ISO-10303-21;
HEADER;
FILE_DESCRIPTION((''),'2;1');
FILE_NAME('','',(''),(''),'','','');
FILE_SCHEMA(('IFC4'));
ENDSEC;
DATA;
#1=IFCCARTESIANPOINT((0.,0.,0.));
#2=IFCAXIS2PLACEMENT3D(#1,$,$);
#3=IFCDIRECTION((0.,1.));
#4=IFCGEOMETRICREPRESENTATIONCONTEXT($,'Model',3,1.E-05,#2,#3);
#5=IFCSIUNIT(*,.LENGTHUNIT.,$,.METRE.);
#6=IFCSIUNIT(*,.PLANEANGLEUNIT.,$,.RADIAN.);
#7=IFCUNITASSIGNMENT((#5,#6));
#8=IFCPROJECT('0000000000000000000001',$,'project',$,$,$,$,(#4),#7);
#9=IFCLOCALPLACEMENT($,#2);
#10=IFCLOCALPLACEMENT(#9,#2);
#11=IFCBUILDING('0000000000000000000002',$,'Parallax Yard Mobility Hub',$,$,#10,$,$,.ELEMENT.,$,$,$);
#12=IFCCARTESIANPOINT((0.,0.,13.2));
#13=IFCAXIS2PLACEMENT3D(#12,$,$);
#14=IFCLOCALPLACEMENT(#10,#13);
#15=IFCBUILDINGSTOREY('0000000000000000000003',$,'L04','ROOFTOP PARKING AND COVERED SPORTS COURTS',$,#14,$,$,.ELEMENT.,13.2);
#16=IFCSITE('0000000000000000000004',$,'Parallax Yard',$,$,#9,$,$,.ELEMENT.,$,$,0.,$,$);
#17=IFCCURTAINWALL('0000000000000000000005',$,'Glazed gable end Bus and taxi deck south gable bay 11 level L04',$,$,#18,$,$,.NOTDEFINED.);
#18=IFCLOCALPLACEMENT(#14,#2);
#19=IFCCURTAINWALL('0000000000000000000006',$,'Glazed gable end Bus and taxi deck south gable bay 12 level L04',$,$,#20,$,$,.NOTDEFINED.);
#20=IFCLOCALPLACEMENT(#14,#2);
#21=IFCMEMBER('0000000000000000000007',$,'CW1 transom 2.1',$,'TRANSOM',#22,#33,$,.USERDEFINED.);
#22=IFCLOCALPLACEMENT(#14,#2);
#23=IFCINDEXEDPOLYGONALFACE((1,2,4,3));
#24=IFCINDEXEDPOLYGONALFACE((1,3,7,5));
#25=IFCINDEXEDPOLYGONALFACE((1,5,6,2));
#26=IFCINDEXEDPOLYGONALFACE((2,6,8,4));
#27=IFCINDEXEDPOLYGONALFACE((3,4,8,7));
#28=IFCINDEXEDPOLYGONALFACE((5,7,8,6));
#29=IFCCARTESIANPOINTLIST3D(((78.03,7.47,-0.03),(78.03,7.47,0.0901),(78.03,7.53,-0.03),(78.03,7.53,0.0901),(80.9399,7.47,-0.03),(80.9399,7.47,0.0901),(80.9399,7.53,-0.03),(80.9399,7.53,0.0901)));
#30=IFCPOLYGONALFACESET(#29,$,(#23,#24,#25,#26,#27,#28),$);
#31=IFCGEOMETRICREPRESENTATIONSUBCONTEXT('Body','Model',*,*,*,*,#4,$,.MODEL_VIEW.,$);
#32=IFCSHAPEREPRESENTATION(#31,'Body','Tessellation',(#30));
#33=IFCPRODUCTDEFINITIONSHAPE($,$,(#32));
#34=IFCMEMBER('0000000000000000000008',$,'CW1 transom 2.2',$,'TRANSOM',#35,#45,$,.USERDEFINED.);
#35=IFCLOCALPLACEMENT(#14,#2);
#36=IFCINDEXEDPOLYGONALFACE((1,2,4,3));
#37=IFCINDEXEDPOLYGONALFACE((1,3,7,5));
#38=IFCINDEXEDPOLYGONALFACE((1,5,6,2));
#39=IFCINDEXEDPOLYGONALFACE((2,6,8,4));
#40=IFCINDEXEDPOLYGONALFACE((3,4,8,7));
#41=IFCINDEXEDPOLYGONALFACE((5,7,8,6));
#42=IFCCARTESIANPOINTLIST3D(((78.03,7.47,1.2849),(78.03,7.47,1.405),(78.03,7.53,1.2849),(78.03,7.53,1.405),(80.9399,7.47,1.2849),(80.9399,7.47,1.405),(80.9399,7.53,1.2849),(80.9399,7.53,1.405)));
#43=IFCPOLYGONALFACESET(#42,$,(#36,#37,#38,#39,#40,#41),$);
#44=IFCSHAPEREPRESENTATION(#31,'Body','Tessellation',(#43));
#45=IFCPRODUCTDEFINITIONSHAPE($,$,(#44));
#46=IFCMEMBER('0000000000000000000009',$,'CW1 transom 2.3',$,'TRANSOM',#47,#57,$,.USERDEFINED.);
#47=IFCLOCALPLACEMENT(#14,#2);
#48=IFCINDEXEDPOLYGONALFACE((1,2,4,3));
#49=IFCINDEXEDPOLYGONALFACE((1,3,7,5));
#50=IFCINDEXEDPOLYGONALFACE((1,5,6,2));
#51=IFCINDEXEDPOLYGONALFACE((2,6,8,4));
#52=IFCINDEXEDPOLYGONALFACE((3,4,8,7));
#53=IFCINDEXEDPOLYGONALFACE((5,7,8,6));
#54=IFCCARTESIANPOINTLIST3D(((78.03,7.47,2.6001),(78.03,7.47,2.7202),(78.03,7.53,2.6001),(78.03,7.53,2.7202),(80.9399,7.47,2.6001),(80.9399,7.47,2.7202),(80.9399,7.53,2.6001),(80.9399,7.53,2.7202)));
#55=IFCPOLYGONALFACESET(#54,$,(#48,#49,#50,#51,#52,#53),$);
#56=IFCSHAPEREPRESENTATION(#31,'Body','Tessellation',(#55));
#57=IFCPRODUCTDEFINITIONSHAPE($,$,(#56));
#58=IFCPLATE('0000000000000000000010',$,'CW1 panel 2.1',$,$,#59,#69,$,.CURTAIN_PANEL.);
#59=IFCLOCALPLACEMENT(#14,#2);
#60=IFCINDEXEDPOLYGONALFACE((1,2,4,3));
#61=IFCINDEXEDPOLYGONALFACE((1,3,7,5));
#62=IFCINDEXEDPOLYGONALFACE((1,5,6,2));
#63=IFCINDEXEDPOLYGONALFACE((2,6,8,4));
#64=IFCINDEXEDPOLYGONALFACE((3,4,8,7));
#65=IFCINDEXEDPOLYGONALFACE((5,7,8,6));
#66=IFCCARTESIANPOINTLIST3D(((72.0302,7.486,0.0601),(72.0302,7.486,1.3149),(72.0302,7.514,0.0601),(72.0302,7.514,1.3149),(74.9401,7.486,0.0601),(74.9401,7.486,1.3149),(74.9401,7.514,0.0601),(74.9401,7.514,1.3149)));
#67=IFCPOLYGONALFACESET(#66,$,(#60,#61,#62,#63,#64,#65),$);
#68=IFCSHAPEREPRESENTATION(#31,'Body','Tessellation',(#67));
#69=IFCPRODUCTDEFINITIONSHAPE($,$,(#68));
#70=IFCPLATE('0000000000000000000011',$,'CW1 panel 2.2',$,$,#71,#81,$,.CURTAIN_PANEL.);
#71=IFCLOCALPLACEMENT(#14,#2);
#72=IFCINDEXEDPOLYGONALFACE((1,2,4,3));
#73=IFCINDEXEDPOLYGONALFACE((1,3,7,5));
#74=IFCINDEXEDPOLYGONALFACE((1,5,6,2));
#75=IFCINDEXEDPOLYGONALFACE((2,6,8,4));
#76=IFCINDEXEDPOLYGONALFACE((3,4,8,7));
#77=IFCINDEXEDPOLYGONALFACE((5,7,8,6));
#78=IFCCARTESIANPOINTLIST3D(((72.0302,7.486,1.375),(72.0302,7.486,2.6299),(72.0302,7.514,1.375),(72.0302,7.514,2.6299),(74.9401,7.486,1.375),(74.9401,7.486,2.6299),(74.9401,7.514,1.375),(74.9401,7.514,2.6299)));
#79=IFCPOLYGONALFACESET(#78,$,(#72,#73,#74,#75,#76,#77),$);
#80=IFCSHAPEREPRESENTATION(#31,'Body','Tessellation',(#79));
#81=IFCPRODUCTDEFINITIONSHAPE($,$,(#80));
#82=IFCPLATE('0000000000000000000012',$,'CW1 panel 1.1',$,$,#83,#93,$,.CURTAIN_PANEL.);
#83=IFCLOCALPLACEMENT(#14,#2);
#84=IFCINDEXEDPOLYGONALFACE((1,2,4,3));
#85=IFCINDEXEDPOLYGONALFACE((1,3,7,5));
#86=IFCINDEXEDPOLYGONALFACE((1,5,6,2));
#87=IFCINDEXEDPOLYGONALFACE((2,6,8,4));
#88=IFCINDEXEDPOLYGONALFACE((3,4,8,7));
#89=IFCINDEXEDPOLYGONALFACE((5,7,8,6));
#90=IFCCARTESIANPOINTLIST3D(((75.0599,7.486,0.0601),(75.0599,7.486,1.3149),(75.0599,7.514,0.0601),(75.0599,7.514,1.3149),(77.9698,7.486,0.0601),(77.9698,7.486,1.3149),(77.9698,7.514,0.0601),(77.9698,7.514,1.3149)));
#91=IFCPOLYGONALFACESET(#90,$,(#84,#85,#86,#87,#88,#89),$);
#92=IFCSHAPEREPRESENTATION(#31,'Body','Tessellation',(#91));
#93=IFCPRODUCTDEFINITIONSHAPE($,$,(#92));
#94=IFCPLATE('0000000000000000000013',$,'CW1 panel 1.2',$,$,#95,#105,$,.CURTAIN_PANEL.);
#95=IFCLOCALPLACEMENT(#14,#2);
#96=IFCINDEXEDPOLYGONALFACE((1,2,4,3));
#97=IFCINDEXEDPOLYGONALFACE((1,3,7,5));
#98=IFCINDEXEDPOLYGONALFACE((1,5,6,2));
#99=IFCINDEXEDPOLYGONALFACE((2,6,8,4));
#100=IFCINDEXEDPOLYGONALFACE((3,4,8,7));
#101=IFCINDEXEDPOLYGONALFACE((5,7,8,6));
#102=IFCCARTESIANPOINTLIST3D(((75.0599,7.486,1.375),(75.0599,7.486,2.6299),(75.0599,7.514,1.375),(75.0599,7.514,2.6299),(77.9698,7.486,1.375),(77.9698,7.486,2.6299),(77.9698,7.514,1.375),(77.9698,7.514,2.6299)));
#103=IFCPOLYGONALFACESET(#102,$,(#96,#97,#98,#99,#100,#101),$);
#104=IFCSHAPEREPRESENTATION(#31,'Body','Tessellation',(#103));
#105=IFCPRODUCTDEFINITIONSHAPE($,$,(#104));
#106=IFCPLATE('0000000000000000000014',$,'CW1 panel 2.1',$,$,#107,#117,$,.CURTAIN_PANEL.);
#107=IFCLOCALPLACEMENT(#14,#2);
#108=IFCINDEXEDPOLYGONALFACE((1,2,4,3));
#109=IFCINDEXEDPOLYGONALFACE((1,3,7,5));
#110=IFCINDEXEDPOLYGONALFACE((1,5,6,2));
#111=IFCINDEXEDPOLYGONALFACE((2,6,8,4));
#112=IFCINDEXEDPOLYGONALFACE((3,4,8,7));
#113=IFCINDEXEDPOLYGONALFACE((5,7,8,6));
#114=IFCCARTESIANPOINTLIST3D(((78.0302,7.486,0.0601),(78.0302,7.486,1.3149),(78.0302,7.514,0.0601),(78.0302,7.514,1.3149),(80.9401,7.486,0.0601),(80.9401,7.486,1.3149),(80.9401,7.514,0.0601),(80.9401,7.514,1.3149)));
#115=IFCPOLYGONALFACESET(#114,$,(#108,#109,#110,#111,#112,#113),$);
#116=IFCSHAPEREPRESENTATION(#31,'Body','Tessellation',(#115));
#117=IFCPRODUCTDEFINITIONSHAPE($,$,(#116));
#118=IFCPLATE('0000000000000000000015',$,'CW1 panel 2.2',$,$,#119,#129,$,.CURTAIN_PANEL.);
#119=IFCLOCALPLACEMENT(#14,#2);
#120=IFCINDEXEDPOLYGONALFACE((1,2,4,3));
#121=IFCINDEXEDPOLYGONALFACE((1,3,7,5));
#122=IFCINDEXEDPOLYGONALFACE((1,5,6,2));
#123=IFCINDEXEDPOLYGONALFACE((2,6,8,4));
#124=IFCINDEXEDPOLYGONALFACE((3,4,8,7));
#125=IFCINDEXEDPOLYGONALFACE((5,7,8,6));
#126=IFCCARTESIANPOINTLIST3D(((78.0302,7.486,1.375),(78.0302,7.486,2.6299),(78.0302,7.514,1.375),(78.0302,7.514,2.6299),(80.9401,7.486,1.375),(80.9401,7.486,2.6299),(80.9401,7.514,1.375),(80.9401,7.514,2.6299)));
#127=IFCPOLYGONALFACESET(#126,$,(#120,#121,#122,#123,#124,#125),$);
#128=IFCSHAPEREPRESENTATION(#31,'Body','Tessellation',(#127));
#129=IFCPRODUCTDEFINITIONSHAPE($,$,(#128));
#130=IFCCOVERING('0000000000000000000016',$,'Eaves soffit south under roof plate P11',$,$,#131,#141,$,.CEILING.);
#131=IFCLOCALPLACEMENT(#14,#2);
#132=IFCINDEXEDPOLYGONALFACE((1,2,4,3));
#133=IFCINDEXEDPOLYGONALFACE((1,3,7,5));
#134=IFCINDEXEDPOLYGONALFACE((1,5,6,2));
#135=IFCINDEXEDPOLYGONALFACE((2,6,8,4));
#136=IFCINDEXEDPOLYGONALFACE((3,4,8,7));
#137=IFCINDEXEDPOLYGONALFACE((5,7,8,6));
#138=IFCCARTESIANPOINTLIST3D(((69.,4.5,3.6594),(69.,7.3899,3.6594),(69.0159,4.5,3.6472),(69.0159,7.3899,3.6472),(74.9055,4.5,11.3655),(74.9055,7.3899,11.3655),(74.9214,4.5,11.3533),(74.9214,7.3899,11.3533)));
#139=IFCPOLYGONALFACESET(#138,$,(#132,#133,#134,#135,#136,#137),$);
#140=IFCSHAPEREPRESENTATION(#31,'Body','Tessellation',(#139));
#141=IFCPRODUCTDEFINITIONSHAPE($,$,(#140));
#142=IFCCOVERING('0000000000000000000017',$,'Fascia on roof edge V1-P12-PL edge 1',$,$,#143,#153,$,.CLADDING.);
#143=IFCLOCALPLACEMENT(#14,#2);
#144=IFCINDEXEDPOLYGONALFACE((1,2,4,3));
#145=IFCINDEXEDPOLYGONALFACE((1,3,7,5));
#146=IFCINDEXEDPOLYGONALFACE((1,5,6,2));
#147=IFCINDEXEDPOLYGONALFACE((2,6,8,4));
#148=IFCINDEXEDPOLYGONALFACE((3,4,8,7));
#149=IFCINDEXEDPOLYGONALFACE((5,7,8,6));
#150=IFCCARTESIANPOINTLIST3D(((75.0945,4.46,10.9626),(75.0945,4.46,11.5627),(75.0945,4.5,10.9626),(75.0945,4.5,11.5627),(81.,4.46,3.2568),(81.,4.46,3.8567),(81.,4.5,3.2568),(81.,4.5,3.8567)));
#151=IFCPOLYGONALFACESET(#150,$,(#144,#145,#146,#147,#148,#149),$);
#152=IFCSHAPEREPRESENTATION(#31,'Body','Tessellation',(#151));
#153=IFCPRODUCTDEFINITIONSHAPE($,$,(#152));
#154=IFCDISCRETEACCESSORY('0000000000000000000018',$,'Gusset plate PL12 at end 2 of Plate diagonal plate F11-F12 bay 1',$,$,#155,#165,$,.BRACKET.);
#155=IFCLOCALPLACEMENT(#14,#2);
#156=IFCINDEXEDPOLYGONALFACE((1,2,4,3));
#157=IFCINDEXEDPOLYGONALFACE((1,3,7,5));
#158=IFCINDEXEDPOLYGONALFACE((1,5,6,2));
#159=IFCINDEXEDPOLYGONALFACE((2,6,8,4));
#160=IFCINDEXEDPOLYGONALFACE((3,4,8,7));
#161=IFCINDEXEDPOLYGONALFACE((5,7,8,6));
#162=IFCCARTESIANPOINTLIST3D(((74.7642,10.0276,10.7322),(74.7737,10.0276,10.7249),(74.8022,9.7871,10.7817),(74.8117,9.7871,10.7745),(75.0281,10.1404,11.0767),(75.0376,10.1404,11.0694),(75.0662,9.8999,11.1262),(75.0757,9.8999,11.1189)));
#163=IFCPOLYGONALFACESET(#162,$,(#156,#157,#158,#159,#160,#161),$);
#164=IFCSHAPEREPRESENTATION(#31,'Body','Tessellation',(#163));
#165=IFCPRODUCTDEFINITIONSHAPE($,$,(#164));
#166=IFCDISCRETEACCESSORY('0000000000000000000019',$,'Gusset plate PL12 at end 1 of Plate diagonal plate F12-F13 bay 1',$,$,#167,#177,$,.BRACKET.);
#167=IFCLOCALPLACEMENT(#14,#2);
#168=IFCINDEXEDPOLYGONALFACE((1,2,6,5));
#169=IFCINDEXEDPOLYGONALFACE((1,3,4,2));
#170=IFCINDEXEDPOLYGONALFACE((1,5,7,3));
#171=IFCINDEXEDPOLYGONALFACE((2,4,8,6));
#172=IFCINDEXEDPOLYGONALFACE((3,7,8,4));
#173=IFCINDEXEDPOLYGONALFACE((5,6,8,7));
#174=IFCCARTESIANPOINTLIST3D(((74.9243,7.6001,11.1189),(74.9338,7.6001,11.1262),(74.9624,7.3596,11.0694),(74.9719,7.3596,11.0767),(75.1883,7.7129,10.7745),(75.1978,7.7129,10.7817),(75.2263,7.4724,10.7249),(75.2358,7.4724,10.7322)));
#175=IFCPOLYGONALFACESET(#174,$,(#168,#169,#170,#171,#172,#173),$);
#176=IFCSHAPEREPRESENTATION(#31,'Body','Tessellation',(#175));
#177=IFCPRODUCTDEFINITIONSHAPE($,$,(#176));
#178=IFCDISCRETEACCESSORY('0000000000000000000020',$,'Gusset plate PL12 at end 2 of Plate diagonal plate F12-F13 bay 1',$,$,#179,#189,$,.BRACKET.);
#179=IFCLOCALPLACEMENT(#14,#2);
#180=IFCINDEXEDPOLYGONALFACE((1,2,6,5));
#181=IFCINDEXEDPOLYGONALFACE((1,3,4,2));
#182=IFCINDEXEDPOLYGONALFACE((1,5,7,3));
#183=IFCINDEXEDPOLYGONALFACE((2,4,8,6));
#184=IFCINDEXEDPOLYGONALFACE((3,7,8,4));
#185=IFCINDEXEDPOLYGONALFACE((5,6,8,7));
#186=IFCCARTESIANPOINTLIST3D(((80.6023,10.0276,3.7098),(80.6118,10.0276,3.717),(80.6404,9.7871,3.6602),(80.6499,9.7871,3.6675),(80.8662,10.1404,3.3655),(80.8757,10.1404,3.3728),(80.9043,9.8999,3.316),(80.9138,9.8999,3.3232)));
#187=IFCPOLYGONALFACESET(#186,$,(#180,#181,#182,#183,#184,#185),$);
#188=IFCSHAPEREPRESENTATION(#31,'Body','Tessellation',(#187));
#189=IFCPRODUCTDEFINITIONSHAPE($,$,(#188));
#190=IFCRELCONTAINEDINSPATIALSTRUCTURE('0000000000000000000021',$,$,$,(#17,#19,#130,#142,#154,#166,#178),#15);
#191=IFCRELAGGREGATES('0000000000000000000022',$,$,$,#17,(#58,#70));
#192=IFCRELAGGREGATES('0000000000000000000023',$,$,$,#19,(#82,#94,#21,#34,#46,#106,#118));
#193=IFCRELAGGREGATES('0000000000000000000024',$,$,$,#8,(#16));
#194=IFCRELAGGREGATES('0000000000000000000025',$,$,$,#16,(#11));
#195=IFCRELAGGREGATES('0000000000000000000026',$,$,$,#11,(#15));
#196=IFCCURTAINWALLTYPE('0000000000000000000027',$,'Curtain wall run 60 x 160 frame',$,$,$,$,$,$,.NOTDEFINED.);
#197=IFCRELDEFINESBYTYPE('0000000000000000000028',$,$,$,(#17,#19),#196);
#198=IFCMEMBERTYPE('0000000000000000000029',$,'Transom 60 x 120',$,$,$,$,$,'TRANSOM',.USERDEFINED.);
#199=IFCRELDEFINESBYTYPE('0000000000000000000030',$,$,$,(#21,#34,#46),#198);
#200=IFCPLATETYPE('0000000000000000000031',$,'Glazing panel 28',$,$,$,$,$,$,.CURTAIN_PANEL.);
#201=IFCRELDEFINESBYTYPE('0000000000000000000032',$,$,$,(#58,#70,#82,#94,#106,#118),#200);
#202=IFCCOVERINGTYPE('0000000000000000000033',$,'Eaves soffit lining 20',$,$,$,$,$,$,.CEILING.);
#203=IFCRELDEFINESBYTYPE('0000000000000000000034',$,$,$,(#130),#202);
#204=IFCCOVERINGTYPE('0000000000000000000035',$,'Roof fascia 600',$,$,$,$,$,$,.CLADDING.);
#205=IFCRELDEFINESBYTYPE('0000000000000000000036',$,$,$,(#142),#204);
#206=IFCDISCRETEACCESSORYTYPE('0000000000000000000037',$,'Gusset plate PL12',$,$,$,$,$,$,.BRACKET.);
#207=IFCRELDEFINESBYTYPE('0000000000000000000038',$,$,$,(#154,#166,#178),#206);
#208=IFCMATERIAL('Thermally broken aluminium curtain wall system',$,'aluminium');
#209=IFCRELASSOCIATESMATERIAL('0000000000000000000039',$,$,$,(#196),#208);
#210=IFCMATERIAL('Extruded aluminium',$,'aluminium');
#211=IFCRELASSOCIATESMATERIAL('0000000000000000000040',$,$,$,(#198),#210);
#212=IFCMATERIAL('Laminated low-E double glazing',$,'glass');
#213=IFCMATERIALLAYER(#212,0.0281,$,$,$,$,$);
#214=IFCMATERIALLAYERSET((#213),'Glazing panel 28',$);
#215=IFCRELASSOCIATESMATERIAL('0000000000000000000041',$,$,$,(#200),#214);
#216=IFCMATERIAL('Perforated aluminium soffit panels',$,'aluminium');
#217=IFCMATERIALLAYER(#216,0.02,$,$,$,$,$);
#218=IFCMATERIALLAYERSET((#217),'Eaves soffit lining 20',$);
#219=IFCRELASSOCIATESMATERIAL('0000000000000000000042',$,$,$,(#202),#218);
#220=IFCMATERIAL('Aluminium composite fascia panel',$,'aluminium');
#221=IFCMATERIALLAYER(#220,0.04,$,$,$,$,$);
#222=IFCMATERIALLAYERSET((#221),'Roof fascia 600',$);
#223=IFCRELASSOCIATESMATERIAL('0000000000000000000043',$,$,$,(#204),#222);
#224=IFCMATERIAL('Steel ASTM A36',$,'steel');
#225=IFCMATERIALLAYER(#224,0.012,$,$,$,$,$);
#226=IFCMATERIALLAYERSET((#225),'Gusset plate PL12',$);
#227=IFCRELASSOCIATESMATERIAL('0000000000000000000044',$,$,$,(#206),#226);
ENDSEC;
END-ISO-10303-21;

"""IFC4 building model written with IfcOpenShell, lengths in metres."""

from ifc_helpers import new_model, si_unit, direction, frame, origin, origin_2d, place, context, subcontext, project, spatial, polyline, rectangle, outline, extrude, material, layer, layer_set, material_profile, profile_set, type_object, element, aggregate, save


model = new_model("IFC4")

# Units and contexts
model_context = context("Model", 3, precision=1e-05, world=origin(), true_north=direction((0.0, 1.0)))
body_context = subcontext(model_context, "Body", "Model", "MODEL_VIEW")
ifc_project = project(units=[si_unit("LENGTHUNIT", "METRE"), si_unit("PLANEANGLEUNIT", "RADIAN")], contexts=[model_context])

# Site, building, storey
site_placement = place(None, origin())
site = spatial("IfcSite", under=ifc_project, at=site_placement, Name="Parallax Yard", CompositionType="ELEMENT", RefElevation=0.0)
building_placement = place(site_placement, origin())
building = spatial("IfcBuilding", under=site, at=building_placement, Name="Parallax Yard Mobility Hub", CompositionType="ELEMENT")
storey_placement = place(building_placement, frame((0.0, 0.0, 13.2)))
storey = spatial("IfcBuildingStorey", under=building, at=storey_placement, Name="L04", Description="ROOFTOP PARKING AND COVERED SPORTS COURTS", CompositionType="ELEMENT", Elevation=13.2)

# Curtain wall
ifc_material_1 = material(Name="Thermally broken aluminium curtain wall system", Category="aluminium")
curtain_wall_type = type_object("IfcCurtainWallType", Name="Curtain wall run 60 x 160 frame", PredefinedType="NOTDEFINED", material=ifc_material_1)
curtain_wall_1_placement = place(storey_placement, origin())
curtain_wall_1 = element("IfcCurtainWall", 1, at=curtain_wall_1_placement, inside=storey, type_object=curtain_wall_type, Name="Glazed gable end Bus and taxi deck south gable bay 11 level L04", PredefinedType="NOTDEFINED")
ifc_material_2 = material(Name="Extruded aluminium", Category="aluminium")

# Curtain wall
curtain_wall_2_placement = place(storey_placement, origin())
curtain_wall_2 = element("IfcCurtainWall", 2, at=curtain_wall_2_placement, inside=storey, type_object=curtain_wall_type, Name="Glazed gable end Bus and taxi deck south gable bay 12 level L04", PredefinedType="NOTDEFINED")

# Members
ifc_material_profile_1 = material_profile(ifc_material_2, rectangle(XDim=0.0601, YDim=0.1201, at=origin_2d()), Name="Transom 60 x 120")
ifc_profile_set_1 = profile_set([ifc_material_profile_1], Name="Extruded aluminium")
member_type_1 = type_object("IfcMemberType", Name="Transom 60 x 120", ElementType="TRANSOM", PredefinedType="USERDEFINED", material=ifc_profile_set_1)
member_1_placement = place(storey_placement, frame((78.03, 7.5, 0.03), z_axis=(1.0, 0.0, 0.0), x_axis=(0.0, 1.0, 0.0)))
member_1 = element("IfcMember", 3, at=member_1_placement, type_object=member_type_1, Name="CW1 transom 2.1", ObjectType="TRANSOM", PredefinedType="USERDEFINED", context=body_context, shape_type="SweptSolid", body=[
    extrude(rectangle(XDim=0.0601, YDim=0.1201, at=origin_2d()), origin(), (0.0, 0.0, 1.0), 2.9099),
])
member_2_placement = place(storey_placement, frame((78.03, 7.5, 1.345), z_axis=(1.0, 0.0, 0.0), x_axis=(0.0, 1.0, 0.0)))
member_2 = element("IfcMember", 4, at=member_2_placement, type_object=member_type_1, Name="CW1 transom 2.2", ObjectType="TRANSOM", PredefinedType="USERDEFINED", context=body_context, shape_type="SweptSolid", body=[
    extrude(rectangle(XDim=0.0601, YDim=0.1201, at=origin_2d()), origin(), (0.0, 0.0, 1.0), 2.9099),
])
member_3_placement = place(storey_placement, frame((78.03, 7.5, 2.6602), z_axis=(1.0, 0.0, 0.0), x_axis=(0.0, 1.0, 0.0)))
member_3 = element("IfcMember", 5, at=member_3_placement, type_object=member_type_1, Name="CW1 transom 2.3", ObjectType="TRANSOM", PredefinedType="USERDEFINED", context=body_context, shape_type="SweptSolid", body=[
    extrude(rectangle(XDim=0.0601, YDim=0.1201, at=origin_2d()), origin(), (0.0, 0.0, 1.0), 2.9099),
])

# Plates
ifc_material_3 = material(Name="Laminated low-E double glazing", Category="glass")
ifc_layer_1 = layer(ifc_material_3, 0.0281)
ifc_layer_set_1 = layer_set([ifc_layer_1], Name="Glazing panel 28")
plate_type = type_object("IfcPlateType", Name="Glazing panel 28", PredefinedType="CURTAIN_PANEL", material=ifc_layer_set_1)
plate_1_placement = place(storey_placement, frame((73.4851, 7.5, 0.0601), z_axis=(0.0, 0.0, 1.0), x_axis=(1.0, 0.0, 0.0)))
plate_1 = element("IfcPlate", 6, at=plate_1_placement, type_object=plate_type, Name="CW1 panel 2.1", PredefinedType="CURTAIN_PANEL", context=body_context, shape_type="SweptSolid", body=[
    extrude(rectangle(XDim=2.9099, YDim=0.0281, at=origin_2d()), origin(), (0.0, 0.0, 1.0), 1.2549),
])
plate_2_placement = place(storey_placement, frame((73.4851, 7.5, 1.375), z_axis=(0.0, 0.0, 1.0), x_axis=(1.0, 0.0, 0.0)))
plate_2 = element("IfcPlate", 7, at=plate_2_placement, type_object=plate_type, Name="CW1 panel 2.2", PredefinedType="CURTAIN_PANEL", context=body_context, shape_type="SweptSolid", body=[
    extrude(rectangle(XDim=2.9099, YDim=0.0281, at=origin_2d()), origin(), (0.0, 0.0, 1.0), 1.2549),
])
aggregate(curtain_wall_1, [plate_1, plate_2])
plate_3_placement = place(storey_placement, frame((76.5149, 7.5, 0.0601), z_axis=(0.0, 0.0, 1.0), x_axis=(1.0, 0.0, 0.0)))
plate_3 = element("IfcPlate", 8, at=plate_3_placement, type_object=plate_type, Name="CW1 panel 1.1", PredefinedType="CURTAIN_PANEL", context=body_context, shape_type="SweptSolid", body=[
    extrude(rectangle(XDim=2.9099, YDim=0.0281, at=origin_2d()), origin(), (0.0, 0.0, 1.0), 1.2549),
])
plate_4_placement = place(storey_placement, frame((76.5149, 7.5, 1.375), z_axis=(0.0, 0.0, 1.0), x_axis=(1.0, 0.0, 0.0)))
plate_4 = element("IfcPlate", 9, at=plate_4_placement, type_object=plate_type, Name="CW1 panel 1.2", PredefinedType="CURTAIN_PANEL", context=body_context, shape_type="SweptSolid", body=[
    extrude(rectangle(XDim=2.9099, YDim=0.0281, at=origin_2d()), origin(), (0.0, 0.0, 1.0), 1.2549),
])
plate_5_placement = place(storey_placement, frame((79.4851, 7.5, 0.0601), z_axis=(0.0, 0.0, 1.0), x_axis=(1.0, 0.0, 0.0)))
plate_5 = element("IfcPlate", 10, at=plate_5_placement, type_object=plate_type, Name="CW1 panel 2.1", PredefinedType="CURTAIN_PANEL", context=body_context, shape_type="SweptSolid", body=[
    extrude(rectangle(XDim=2.9099, YDim=0.0281, at=origin_2d()), origin(), (0.0, 0.0, 1.0), 1.2549),
])
plate_6_placement = place(storey_placement, frame((79.4851, 7.5, 1.375), z_axis=(0.0, 0.0, 1.0), x_axis=(1.0, 0.0, 0.0)))
plate_6 = element("IfcPlate", 11, at=plate_6_placement, type_object=plate_type, Name="CW1 panel 2.2", PredefinedType="CURTAIN_PANEL", context=body_context, shape_type="SweptSolid", body=[
    extrude(rectangle(XDim=2.9099, YDim=0.0281, at=origin_2d()), origin(), (0.0, 0.0, 1.0), 1.2549),
])
aggregate(curtain_wall_2, [plate_3, plate_4, member_1, member_2, member_3, plate_5, plate_6])

# Coverings
ifc_material_4 = material(Name="Perforated aluminium soffit panels", Category="aluminium")
ifc_layer_2 = layer(ifc_material_4, 0.02)
ifc_layer_set_2 = layer_set([ifc_layer_2], Name="Eaves soffit lining 20")
covering_type_1 = type_object("IfcCoveringType", Name="Eaves soffit lining 20", PredefinedType="CEILING", material=ifc_layer_set_2)
covering_1_placement = place(storey_placement, frame((74.9055, 4.5, 11.3655), z_axis=(-0.793729, 0.0, 0.608272), x_axis=(-0.608272, 0.0, -0.793729)))
element("IfcCovering", 12, at=covering_1_placement, inside=storey, type_object=covering_type_1, Name="Eaves soffit south under roof plate P11", PredefinedType="CEILING", context=body_context, shape_type="SweptSolid", body=[
    extrude(outline(polyline([(0.0, 0.0), (9.7087, 0.0), (9.7087, -2.8899), (0.0, -2.8899), (0.0, 0.0)])), origin(), (0.0, 0.0, -1.0), 0.02),
])
ifc_material_5 = material(Name="Aluminium composite fascia panel", Category="aluminium")
ifc_layer_3 = layer(ifc_material_5, 0.04)
ifc_layer_set_3 = layer_set([ifc_layer_3], Name="Roof fascia 600")
covering_type_2 = type_object("IfcCoveringType", Name="Roof fascia 600", PredefinedType="CLADDING", material=ifc_layer_set_3)
covering_2_placement = place(storey_placement, frame((75.0945, 4.5, 11.5627), z_axis=(0.0, 1.0, 0.0), x_axis=(0.608272, 0.0, -0.793729)))
element("IfcCovering", 13, at=covering_2_placement, inside=storey, type_object=covering_type_2, Name="Fascia on roof edge V1-P12-PL edge 1", PredefinedType="CLADDING", context=body_context, shape_type="SweptSolid", body=[
    extrude(outline(polyline([(0.0, 0.0), (9.7087, 0.0), (10.1848, 0.3649), (0.4763, 0.365), (0.0, 0.0)])), origin(), (0.0, 0.0, -1.0), 0.04),
])

# Discrete accessories
ifc_material_6 = material(Name="Steel ASTM A36", Category="steel")
ifc_layer_4 = layer(ifc_material_6, 0.012)
ifc_layer_set_4 = layer_set([ifc_layer_4], Name="Gusset plate PL12")
discrete_accessory_type = type_object("IfcDiscreteAccessoryType", Name="Gusset plate PL12", PredefinedType="BRACKET", material=ifc_layer_set_4)
for number, where, z_axis, x_axis, name in (
    (14, (74.8022, 9.7871, 10.7817), (-0.793758, -0.00036, 0.608234), (0.588603, 0.251558, 0.768287), "Gusset plate PL12 at end 2 of Plate diagonal plate F11-F12 bay 1"),
    (15, (75.1978, 7.7129, 10.7817), (0.793758, 0.00036, 0.608234), (-0.588603, -0.251558, 0.768287), "Gusset plate PL12 at end 1 of Plate diagonal plate F12-F13 bay 1"),
):
    element("IfcDiscreteAccessory", number, at=place(storey_placement, frame(where, z_axis=z_axis, x_axis=x_axis)), inside=storey, type_object=discrete_accessory_type, Name=name, PredefinedType="BRACKET", context=body_context, shape_type="SweptSolid", body=[
        extrude(outline(polyline([(0.0, 0.0), (0.4484, 0.0), (0.4484, 0.2485), (0.0, 0.2485), (0.0, 0.0)])), origin(), (0.0, 0.0, -1.0), 0.012),
    ])
discrete_accessory_1_placement = place(storey_placement, frame((80.6499, 9.7871, 3.6675), z_axis=(0.793563, 0.000277, 0.608489), x_axis=(0.588849, 0.251664, -0.768064)))
element("IfcDiscreteAccessory", 16, at=discrete_accessory_1_placement, inside=storey, type_object=discrete_accessory_type, Name="Gusset plate PL12 at end 2 of Plate diagonal plate F12-F13 bay 1", PredefinedType="BRACKET", context=body_context, shape_type="SweptSolid", body=[
    extrude(outline(polyline([(0.0, 0.0), (0.4482, 0.0), (0.4482, 0.2485), (0.0, 0.2485), (0.0, 0.0)])), origin(), (0.0, 0.0, -1.0), 0.012),
])

save(model, "model.ifc")
